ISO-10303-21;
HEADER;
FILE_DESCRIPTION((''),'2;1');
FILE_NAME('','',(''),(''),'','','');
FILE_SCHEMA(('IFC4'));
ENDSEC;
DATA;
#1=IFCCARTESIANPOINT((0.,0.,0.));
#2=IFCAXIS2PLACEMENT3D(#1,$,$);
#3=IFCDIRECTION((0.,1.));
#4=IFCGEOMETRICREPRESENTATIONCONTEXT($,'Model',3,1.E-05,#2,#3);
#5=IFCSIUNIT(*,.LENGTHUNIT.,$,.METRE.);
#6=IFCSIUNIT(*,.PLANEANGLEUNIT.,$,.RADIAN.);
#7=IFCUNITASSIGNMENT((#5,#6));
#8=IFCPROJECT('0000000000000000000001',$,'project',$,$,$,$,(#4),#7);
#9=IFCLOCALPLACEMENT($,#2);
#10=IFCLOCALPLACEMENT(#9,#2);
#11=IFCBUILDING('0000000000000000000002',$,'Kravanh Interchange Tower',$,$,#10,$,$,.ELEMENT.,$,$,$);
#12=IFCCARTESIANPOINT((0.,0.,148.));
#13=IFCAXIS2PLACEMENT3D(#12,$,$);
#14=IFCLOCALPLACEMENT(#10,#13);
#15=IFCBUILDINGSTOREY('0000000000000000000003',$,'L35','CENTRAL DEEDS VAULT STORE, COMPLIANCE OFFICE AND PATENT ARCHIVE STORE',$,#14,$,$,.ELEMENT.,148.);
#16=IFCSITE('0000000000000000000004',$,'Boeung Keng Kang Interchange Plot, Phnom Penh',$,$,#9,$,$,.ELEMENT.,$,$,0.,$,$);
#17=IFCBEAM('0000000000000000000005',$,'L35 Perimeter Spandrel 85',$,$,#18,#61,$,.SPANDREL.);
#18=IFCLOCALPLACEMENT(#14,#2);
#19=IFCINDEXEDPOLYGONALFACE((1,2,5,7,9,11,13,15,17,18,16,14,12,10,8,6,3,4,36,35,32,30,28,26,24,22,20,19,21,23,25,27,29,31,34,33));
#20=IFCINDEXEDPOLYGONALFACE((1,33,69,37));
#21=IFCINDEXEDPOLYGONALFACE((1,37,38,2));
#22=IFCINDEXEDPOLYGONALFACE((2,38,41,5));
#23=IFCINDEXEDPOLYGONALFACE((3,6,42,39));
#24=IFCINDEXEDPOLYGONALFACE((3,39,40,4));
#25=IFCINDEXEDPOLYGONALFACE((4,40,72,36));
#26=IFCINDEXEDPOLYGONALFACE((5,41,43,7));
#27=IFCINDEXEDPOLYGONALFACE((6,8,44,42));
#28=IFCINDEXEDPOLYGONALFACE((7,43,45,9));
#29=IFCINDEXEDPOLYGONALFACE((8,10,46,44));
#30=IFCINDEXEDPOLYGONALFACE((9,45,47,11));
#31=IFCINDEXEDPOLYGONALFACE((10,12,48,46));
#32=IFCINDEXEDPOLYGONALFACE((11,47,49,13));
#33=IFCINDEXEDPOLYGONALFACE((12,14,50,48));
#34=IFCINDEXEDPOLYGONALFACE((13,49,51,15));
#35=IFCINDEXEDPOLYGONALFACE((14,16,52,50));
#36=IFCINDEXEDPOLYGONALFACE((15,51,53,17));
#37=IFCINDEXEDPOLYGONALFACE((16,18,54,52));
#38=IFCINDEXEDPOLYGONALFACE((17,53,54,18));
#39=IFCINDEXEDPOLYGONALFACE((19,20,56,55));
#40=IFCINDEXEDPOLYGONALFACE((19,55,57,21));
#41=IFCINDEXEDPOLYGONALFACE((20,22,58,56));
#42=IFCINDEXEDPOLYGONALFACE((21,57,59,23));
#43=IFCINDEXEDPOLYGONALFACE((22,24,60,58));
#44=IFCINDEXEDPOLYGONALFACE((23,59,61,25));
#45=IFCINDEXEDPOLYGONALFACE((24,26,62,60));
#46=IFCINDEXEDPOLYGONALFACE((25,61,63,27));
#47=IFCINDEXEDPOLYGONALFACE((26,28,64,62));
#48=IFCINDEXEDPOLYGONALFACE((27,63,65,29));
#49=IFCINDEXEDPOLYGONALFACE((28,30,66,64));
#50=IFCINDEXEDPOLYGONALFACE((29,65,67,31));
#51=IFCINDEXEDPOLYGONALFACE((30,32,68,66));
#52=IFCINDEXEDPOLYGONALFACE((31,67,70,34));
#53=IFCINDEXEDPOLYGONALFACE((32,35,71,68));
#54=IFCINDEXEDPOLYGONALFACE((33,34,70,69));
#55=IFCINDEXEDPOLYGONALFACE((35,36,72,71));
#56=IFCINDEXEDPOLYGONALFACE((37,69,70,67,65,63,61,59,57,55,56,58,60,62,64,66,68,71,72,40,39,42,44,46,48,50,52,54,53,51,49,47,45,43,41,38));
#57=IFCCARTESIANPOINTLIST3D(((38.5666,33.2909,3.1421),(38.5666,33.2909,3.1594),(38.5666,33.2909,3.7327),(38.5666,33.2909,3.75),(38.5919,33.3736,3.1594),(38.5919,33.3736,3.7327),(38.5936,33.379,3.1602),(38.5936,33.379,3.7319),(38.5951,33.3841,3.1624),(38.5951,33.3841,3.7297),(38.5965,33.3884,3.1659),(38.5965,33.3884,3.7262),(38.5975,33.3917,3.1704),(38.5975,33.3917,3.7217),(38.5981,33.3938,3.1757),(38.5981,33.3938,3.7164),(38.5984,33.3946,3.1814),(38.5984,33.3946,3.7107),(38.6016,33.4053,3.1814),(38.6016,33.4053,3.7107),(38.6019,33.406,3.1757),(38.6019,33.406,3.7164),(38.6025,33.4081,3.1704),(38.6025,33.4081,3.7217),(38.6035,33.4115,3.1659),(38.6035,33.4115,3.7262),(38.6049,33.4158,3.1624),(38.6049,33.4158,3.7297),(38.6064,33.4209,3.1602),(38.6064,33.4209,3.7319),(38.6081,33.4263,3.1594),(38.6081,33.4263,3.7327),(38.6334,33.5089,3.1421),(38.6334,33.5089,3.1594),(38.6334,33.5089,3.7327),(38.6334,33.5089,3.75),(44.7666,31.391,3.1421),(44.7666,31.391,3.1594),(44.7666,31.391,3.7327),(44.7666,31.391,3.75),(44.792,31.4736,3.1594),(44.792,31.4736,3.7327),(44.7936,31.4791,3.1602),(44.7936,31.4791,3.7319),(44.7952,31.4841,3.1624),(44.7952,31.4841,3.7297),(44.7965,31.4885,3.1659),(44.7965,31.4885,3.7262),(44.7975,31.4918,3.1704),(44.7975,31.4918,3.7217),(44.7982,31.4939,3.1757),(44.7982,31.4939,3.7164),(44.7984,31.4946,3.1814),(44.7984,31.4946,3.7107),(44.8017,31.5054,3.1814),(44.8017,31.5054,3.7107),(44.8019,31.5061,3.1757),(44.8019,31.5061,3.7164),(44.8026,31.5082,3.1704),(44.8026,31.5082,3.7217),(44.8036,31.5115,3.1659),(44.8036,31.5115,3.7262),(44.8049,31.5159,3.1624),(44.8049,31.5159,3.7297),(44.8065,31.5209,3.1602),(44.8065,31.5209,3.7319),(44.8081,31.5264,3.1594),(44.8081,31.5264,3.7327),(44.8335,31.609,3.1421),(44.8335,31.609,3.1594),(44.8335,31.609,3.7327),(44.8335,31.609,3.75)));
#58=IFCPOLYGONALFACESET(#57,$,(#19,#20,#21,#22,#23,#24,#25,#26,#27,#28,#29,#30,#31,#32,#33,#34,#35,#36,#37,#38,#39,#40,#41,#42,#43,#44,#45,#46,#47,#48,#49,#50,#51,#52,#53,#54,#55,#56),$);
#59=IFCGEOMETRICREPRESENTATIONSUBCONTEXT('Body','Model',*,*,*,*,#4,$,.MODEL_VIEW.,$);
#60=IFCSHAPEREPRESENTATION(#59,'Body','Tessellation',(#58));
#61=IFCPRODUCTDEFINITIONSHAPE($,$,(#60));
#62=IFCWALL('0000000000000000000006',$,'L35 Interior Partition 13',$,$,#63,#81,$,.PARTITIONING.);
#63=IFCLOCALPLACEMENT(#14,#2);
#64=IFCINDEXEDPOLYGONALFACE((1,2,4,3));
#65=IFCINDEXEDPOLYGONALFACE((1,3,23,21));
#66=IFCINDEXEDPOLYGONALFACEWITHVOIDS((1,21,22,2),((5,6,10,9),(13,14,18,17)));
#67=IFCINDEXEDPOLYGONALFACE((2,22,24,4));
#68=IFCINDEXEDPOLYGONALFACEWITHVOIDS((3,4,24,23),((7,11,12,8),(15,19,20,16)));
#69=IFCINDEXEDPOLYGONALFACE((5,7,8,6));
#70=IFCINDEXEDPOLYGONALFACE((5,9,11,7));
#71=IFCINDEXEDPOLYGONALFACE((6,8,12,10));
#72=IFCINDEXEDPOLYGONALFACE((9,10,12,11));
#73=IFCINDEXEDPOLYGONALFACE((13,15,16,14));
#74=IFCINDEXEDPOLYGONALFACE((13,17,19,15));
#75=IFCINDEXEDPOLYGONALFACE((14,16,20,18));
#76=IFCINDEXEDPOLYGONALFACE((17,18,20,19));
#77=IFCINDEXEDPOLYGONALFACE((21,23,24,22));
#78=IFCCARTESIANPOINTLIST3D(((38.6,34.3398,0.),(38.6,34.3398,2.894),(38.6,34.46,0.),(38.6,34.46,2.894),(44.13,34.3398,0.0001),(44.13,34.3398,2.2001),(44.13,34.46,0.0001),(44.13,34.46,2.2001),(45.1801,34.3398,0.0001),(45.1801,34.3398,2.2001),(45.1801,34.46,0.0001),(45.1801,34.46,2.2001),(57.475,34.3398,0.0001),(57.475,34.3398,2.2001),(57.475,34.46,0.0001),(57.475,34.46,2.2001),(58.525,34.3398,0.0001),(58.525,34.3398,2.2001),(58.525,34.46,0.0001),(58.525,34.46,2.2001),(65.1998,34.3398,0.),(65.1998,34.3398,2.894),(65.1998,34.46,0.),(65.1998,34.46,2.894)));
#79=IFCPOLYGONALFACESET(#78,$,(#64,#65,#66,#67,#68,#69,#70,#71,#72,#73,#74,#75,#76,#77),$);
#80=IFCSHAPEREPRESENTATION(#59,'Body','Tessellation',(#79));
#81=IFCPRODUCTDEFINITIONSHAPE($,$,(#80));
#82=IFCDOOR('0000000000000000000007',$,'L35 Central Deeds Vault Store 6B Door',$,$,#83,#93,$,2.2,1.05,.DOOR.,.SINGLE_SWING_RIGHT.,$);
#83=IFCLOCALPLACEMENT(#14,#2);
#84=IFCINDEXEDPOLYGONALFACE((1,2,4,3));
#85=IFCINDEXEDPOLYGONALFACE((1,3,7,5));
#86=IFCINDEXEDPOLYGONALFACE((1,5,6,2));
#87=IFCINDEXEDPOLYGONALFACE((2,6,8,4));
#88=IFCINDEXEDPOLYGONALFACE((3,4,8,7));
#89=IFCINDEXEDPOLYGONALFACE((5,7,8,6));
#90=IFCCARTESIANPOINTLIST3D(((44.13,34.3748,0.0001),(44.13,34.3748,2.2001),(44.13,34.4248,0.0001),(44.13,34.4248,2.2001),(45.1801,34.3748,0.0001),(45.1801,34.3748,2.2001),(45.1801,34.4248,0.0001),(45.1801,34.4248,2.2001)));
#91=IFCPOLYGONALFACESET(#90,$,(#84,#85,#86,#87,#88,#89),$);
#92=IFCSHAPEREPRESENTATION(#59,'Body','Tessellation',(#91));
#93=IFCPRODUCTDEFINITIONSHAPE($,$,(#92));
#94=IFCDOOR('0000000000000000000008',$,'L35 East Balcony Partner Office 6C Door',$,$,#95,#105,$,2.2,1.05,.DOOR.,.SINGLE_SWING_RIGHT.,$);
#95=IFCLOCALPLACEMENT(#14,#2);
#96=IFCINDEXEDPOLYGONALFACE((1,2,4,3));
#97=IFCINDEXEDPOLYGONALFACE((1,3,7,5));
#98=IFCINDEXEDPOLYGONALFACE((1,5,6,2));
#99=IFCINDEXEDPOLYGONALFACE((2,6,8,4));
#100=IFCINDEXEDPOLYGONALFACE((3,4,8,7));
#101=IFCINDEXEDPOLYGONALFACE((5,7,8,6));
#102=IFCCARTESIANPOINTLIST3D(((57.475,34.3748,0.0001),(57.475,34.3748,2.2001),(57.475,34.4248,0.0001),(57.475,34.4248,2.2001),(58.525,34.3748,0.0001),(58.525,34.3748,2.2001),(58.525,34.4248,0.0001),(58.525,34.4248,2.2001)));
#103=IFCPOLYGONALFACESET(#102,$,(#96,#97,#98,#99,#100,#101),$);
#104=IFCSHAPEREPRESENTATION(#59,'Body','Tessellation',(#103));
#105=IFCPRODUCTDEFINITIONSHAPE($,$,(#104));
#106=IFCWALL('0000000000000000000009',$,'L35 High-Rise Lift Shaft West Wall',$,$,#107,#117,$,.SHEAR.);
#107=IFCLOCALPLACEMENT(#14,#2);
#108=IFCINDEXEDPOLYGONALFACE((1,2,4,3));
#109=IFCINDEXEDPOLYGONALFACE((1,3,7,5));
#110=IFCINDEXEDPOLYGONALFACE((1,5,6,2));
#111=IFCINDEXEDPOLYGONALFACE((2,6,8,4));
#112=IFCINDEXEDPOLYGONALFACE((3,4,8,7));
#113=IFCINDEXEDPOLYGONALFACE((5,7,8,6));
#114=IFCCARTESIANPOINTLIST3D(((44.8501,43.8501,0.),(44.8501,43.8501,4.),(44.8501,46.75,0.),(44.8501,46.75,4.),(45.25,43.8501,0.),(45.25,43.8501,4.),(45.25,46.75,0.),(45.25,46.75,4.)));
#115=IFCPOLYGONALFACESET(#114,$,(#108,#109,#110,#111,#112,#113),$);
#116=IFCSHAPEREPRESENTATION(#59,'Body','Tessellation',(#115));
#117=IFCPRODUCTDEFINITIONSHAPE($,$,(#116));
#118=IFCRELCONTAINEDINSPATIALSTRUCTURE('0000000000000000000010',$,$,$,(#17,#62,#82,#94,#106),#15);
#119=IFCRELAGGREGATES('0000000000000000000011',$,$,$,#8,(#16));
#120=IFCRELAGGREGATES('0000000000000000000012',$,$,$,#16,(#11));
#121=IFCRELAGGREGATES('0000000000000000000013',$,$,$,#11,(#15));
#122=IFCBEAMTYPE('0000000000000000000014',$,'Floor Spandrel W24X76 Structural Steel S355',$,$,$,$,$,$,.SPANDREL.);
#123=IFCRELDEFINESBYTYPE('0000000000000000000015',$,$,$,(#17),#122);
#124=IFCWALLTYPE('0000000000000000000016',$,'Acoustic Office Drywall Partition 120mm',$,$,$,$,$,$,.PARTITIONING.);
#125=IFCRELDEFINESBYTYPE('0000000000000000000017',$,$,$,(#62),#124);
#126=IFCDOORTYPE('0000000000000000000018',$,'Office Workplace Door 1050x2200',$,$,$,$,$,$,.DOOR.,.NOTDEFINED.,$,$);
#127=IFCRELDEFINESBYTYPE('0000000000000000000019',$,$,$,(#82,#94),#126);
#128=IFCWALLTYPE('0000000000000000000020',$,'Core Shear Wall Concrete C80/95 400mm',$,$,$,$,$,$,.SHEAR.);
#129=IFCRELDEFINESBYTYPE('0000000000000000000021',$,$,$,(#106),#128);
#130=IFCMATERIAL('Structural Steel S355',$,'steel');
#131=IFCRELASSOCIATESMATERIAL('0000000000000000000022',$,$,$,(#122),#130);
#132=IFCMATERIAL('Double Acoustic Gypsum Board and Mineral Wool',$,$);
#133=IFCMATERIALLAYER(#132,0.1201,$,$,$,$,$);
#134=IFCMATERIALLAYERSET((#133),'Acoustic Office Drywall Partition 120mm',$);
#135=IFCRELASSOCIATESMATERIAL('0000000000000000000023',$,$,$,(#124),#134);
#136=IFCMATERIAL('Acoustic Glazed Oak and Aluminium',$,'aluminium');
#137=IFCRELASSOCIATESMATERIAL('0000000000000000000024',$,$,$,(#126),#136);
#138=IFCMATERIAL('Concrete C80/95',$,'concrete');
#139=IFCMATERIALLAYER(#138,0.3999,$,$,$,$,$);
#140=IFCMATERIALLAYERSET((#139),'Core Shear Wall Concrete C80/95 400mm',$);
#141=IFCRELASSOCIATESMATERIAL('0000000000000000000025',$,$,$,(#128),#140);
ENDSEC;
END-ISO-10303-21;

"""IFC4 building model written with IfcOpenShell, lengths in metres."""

from ifc_helpers import new_model, si_unit, direction, frame, frame_2d, origin, origin_2d, place, context, subcontext, project, spatial, rectangle, i_section, extrude, material, layer, layer_set, material_profile, profile_set, type_object, element, fill, save


model = new_model("IFC4")

# Units and contexts
model_context = context("Model", 3, precision=1e-05, world=origin(), true_north=direction((0.0, 1.0)))
body_context = subcontext(model_context, "Body", "Model", "MODEL_VIEW")
ifc_project = project(units=[si_unit("LENGTHUNIT", "METRE"), si_unit("PLANEANGLEUNIT", "RADIAN")], contexts=[model_context])

# Site, building, storey
site_placement = place(None, origin())
site = spatial("IfcSite", under=ifc_project, at=site_placement, Name="Boeung Keng Kang Interchange Plot, Phnom Penh", CompositionType="ELEMENT", RefElevation=0.0)
building_placement = place(site_placement, origin())
building = spatial("IfcBuilding", under=site, at=building_placement, Name="Kravanh Interchange Tower", CompositionType="ELEMENT")
storey_placement = place(building_placement, frame((0.0, 0.0, 148.0)))
storey = spatial("IfcBuildingStorey", under=building, at=storey_placement, Name="L35", Description="CENTRAL DEEDS VAULT STORE, COMPLIANCE OFFICE AND PATENT ARCHIVE STORE", CompositionType="ELEMENT", Elevation=148.0)

# Beam
ifc_material_1 = material(Name="Structural Steel S355", Category="steel")
ifc_material_profile_1 = material_profile(ifc_material_1, i_section(OverallWidth=0.228, OverallDepth=0.6079, WebThickness=0.0112, FlangeThickness=0.0173, FilletRadius=0.022, at=origin_2d()), Name="W24X76")
ifc_profile_set_1 = profile_set([ifc_material_profile_1], Name="Structural Steel S355")
beam_type_1 = type_object("IfcBeamType", Name="Floor Spandrel W24X76 Structural Steel S355", PredefinedType="SPANDREL", material=ifc_profile_set_1)
beam_1_placement = place(storey_placement, frame((44.8, 31.5, 3.446), z_axis=(-0.956115, 0.29299, 0.0), x_axis=(-0.29299, -0.956115, 0.0)))
element("IfcBeam", 1, at=beam_1_placement, inside=storey, type_object=beam_type_1, Name="L35 Perimeter Spandrel 85", PredefinedType="SPANDREL", context=body_context, shape_type="SweptSolid", body=[
    extrude(i_section(OverallWidth=0.228, OverallDepth=0.6079, WebThickness=0.0112, FlangeThickness=0.0173, FilletRadius=0.022, at=origin_2d()), origin(), (0.0, 0.0, 1.0), 6.4846),
])

# Wall, openings, doors
ifc_material_2 = material(Name="Double Acoustic Gypsum Board and Mineral Wool")
ifc_layer_1 = layer(ifc_material_2, 0.1201)
ifc_layer_set_1 = layer_set([ifc_layer_1], Name="Acoustic Office Drywall Partition 120mm")
wall_type_1 = type_object("IfcWallType", Name="Acoustic Office Drywall Partition 120mm", PredefinedType="PARTITIONING", material=ifc_layer_set_1)
wall_1_placement = place(storey_placement, frame((38.6001, 34.3999, 0.0), z_axis=(0.0, 0.0, 1.0), x_axis=(1.0, 0.0, 0.0)))
wall_1 = element("IfcWall", 2, at=wall_1_placement, inside=storey, type_object=wall_type_1, Name="L35 Interior Partition 13", PredefinedType="PARTITIONING", context=body_context, shape_type="SweptSolid", body=[
    extrude(rectangle(XDim=26.5999, YDim=0.1201, at=frame_2d((13.2998, 0.0))), origin(), (0.0, 0.0, 1.0), 2.894),
])
opening_1_placement = place(wall_1_placement, frame((5.53, 0.0, 0.0)))
opening_1 = element("IfcOpeningElement", 3, at=opening_1_placement, cuts=wall_1, PredefinedType="OPENING", context=body_context, shape_type="SweptSolid", body=[
    extrude(rectangle(XDim=1.05, YDim=2.2, at=frame_2d((0.5249, 1.1001))), frame((0.0, 0.0701, 0.0), z_axis=(0.0, -1.0, 0.0), x_axis=(1.0, 0.0, 0.0)), (0.0, 0.0, 1.0), 0.1401),
])
opening_2_placement = place(wall_1_placement, frame((18.875, 0.0, 0.0)))
opening_2 = element("IfcOpeningElement", 4, at=opening_2_placement, cuts=wall_1, PredefinedType="OPENING", context=body_context, shape_type="SweptSolid", body=[
    extrude(rectangle(XDim=1.05, YDim=2.2, at=frame_2d((0.5249, 1.1001))), frame((0.0, 0.0701, 0.0), z_axis=(0.0, -1.0, 0.0), x_axis=(1.0, 0.0, 0.0)), (0.0, 0.0, 1.0), 0.1401),
])
ifc_material_3 = material(Name="Acoustic Glazed Oak and Aluminium", Category="aluminium")
door_type_1 = type_object("IfcDoorType", Name="Office Workplace Door 1050x2200", OperationType="NOTDEFINED", PredefinedType="DOOR", material=ifc_material_3)
door_1_placement = place(opening_1_placement, origin())
door_1 = element("IfcDoor", 5, at=door_1_placement, inside=storey, type_object=door_type_1, Name="L35 Central Deeds Vault Store 6B Door", OperationType="SINGLE_SWING_RIGHT", OverallHeight=2.2, OverallWidth=1.05, PredefinedType="DOOR", context=body_context, shape_type="SweptSolid", body=[
    extrude(rectangle(XDim=1.05, YDim=2.2, at=frame_2d((0.5249, 1.1001))), frame((0.0, 0.0249, 0.0), z_axis=(0.0, -1.0, 0.0), x_axis=(1.0, 0.0, 0.0)), (0.0, 0.0, 1.0), 0.05),
])
fill(opening_1, door_1)
door_2_placement = place(opening_2_placement, origin())
door_2 = element("IfcDoor", 6, at=door_2_placement, inside=storey, type_object=door_type_1, Name="L35 East Balcony Partner Office 6C Door", OperationType="SINGLE_SWING_RIGHT", OverallHeight=2.2, OverallWidth=1.05, PredefinedType="DOOR", context=body_context, shape_type="SweptSolid", body=[
    extrude(rectangle(XDim=1.05, YDim=2.2, at=frame_2d((0.5249, 1.1001))), frame((0.0, 0.0249, 0.0), z_axis=(0.0, -1.0, 0.0), x_axis=(1.0, 0.0, 0.0)), (0.0, 0.0, 1.0), 0.05),
])
fill(opening_2, door_2)

# Wall
ifc_material_4 = material(Name="Concrete C80/95", Category="concrete")
ifc_layer_2 = layer(ifc_material_4, 0.3999)
ifc_layer_set_2 = layer_set([ifc_layer_2], Name="Core Shear Wall Concrete C80/95 400mm")
wall_type_2 = type_object("IfcWallType", Name="Core Shear Wall Concrete C80/95 400mm", PredefinedType="SHEAR", material=ifc_layer_set_2)
wall_2_placement = place(storey_placement, frame((45.05, 43.8501, 0.0), z_axis=(0.0, 0.0, 1.0), x_axis=(0.0, 1.0, 0.0)))
element("IfcWall", 7, at=wall_2_placement, inside=storey, type_object=wall_type_2, Name="L35 High-Rise Lift Shaft West Wall", PredefinedType="SHEAR", context=body_context, shape_type="SweptSolid", body=[
    extrude(rectangle(XDim=2.8999, YDim=0.3999, at=frame_2d((1.45, 0.0))), origin(), (0.0, 0.0, 1.0), 4.0),
])

save(model, "model.ifc")
